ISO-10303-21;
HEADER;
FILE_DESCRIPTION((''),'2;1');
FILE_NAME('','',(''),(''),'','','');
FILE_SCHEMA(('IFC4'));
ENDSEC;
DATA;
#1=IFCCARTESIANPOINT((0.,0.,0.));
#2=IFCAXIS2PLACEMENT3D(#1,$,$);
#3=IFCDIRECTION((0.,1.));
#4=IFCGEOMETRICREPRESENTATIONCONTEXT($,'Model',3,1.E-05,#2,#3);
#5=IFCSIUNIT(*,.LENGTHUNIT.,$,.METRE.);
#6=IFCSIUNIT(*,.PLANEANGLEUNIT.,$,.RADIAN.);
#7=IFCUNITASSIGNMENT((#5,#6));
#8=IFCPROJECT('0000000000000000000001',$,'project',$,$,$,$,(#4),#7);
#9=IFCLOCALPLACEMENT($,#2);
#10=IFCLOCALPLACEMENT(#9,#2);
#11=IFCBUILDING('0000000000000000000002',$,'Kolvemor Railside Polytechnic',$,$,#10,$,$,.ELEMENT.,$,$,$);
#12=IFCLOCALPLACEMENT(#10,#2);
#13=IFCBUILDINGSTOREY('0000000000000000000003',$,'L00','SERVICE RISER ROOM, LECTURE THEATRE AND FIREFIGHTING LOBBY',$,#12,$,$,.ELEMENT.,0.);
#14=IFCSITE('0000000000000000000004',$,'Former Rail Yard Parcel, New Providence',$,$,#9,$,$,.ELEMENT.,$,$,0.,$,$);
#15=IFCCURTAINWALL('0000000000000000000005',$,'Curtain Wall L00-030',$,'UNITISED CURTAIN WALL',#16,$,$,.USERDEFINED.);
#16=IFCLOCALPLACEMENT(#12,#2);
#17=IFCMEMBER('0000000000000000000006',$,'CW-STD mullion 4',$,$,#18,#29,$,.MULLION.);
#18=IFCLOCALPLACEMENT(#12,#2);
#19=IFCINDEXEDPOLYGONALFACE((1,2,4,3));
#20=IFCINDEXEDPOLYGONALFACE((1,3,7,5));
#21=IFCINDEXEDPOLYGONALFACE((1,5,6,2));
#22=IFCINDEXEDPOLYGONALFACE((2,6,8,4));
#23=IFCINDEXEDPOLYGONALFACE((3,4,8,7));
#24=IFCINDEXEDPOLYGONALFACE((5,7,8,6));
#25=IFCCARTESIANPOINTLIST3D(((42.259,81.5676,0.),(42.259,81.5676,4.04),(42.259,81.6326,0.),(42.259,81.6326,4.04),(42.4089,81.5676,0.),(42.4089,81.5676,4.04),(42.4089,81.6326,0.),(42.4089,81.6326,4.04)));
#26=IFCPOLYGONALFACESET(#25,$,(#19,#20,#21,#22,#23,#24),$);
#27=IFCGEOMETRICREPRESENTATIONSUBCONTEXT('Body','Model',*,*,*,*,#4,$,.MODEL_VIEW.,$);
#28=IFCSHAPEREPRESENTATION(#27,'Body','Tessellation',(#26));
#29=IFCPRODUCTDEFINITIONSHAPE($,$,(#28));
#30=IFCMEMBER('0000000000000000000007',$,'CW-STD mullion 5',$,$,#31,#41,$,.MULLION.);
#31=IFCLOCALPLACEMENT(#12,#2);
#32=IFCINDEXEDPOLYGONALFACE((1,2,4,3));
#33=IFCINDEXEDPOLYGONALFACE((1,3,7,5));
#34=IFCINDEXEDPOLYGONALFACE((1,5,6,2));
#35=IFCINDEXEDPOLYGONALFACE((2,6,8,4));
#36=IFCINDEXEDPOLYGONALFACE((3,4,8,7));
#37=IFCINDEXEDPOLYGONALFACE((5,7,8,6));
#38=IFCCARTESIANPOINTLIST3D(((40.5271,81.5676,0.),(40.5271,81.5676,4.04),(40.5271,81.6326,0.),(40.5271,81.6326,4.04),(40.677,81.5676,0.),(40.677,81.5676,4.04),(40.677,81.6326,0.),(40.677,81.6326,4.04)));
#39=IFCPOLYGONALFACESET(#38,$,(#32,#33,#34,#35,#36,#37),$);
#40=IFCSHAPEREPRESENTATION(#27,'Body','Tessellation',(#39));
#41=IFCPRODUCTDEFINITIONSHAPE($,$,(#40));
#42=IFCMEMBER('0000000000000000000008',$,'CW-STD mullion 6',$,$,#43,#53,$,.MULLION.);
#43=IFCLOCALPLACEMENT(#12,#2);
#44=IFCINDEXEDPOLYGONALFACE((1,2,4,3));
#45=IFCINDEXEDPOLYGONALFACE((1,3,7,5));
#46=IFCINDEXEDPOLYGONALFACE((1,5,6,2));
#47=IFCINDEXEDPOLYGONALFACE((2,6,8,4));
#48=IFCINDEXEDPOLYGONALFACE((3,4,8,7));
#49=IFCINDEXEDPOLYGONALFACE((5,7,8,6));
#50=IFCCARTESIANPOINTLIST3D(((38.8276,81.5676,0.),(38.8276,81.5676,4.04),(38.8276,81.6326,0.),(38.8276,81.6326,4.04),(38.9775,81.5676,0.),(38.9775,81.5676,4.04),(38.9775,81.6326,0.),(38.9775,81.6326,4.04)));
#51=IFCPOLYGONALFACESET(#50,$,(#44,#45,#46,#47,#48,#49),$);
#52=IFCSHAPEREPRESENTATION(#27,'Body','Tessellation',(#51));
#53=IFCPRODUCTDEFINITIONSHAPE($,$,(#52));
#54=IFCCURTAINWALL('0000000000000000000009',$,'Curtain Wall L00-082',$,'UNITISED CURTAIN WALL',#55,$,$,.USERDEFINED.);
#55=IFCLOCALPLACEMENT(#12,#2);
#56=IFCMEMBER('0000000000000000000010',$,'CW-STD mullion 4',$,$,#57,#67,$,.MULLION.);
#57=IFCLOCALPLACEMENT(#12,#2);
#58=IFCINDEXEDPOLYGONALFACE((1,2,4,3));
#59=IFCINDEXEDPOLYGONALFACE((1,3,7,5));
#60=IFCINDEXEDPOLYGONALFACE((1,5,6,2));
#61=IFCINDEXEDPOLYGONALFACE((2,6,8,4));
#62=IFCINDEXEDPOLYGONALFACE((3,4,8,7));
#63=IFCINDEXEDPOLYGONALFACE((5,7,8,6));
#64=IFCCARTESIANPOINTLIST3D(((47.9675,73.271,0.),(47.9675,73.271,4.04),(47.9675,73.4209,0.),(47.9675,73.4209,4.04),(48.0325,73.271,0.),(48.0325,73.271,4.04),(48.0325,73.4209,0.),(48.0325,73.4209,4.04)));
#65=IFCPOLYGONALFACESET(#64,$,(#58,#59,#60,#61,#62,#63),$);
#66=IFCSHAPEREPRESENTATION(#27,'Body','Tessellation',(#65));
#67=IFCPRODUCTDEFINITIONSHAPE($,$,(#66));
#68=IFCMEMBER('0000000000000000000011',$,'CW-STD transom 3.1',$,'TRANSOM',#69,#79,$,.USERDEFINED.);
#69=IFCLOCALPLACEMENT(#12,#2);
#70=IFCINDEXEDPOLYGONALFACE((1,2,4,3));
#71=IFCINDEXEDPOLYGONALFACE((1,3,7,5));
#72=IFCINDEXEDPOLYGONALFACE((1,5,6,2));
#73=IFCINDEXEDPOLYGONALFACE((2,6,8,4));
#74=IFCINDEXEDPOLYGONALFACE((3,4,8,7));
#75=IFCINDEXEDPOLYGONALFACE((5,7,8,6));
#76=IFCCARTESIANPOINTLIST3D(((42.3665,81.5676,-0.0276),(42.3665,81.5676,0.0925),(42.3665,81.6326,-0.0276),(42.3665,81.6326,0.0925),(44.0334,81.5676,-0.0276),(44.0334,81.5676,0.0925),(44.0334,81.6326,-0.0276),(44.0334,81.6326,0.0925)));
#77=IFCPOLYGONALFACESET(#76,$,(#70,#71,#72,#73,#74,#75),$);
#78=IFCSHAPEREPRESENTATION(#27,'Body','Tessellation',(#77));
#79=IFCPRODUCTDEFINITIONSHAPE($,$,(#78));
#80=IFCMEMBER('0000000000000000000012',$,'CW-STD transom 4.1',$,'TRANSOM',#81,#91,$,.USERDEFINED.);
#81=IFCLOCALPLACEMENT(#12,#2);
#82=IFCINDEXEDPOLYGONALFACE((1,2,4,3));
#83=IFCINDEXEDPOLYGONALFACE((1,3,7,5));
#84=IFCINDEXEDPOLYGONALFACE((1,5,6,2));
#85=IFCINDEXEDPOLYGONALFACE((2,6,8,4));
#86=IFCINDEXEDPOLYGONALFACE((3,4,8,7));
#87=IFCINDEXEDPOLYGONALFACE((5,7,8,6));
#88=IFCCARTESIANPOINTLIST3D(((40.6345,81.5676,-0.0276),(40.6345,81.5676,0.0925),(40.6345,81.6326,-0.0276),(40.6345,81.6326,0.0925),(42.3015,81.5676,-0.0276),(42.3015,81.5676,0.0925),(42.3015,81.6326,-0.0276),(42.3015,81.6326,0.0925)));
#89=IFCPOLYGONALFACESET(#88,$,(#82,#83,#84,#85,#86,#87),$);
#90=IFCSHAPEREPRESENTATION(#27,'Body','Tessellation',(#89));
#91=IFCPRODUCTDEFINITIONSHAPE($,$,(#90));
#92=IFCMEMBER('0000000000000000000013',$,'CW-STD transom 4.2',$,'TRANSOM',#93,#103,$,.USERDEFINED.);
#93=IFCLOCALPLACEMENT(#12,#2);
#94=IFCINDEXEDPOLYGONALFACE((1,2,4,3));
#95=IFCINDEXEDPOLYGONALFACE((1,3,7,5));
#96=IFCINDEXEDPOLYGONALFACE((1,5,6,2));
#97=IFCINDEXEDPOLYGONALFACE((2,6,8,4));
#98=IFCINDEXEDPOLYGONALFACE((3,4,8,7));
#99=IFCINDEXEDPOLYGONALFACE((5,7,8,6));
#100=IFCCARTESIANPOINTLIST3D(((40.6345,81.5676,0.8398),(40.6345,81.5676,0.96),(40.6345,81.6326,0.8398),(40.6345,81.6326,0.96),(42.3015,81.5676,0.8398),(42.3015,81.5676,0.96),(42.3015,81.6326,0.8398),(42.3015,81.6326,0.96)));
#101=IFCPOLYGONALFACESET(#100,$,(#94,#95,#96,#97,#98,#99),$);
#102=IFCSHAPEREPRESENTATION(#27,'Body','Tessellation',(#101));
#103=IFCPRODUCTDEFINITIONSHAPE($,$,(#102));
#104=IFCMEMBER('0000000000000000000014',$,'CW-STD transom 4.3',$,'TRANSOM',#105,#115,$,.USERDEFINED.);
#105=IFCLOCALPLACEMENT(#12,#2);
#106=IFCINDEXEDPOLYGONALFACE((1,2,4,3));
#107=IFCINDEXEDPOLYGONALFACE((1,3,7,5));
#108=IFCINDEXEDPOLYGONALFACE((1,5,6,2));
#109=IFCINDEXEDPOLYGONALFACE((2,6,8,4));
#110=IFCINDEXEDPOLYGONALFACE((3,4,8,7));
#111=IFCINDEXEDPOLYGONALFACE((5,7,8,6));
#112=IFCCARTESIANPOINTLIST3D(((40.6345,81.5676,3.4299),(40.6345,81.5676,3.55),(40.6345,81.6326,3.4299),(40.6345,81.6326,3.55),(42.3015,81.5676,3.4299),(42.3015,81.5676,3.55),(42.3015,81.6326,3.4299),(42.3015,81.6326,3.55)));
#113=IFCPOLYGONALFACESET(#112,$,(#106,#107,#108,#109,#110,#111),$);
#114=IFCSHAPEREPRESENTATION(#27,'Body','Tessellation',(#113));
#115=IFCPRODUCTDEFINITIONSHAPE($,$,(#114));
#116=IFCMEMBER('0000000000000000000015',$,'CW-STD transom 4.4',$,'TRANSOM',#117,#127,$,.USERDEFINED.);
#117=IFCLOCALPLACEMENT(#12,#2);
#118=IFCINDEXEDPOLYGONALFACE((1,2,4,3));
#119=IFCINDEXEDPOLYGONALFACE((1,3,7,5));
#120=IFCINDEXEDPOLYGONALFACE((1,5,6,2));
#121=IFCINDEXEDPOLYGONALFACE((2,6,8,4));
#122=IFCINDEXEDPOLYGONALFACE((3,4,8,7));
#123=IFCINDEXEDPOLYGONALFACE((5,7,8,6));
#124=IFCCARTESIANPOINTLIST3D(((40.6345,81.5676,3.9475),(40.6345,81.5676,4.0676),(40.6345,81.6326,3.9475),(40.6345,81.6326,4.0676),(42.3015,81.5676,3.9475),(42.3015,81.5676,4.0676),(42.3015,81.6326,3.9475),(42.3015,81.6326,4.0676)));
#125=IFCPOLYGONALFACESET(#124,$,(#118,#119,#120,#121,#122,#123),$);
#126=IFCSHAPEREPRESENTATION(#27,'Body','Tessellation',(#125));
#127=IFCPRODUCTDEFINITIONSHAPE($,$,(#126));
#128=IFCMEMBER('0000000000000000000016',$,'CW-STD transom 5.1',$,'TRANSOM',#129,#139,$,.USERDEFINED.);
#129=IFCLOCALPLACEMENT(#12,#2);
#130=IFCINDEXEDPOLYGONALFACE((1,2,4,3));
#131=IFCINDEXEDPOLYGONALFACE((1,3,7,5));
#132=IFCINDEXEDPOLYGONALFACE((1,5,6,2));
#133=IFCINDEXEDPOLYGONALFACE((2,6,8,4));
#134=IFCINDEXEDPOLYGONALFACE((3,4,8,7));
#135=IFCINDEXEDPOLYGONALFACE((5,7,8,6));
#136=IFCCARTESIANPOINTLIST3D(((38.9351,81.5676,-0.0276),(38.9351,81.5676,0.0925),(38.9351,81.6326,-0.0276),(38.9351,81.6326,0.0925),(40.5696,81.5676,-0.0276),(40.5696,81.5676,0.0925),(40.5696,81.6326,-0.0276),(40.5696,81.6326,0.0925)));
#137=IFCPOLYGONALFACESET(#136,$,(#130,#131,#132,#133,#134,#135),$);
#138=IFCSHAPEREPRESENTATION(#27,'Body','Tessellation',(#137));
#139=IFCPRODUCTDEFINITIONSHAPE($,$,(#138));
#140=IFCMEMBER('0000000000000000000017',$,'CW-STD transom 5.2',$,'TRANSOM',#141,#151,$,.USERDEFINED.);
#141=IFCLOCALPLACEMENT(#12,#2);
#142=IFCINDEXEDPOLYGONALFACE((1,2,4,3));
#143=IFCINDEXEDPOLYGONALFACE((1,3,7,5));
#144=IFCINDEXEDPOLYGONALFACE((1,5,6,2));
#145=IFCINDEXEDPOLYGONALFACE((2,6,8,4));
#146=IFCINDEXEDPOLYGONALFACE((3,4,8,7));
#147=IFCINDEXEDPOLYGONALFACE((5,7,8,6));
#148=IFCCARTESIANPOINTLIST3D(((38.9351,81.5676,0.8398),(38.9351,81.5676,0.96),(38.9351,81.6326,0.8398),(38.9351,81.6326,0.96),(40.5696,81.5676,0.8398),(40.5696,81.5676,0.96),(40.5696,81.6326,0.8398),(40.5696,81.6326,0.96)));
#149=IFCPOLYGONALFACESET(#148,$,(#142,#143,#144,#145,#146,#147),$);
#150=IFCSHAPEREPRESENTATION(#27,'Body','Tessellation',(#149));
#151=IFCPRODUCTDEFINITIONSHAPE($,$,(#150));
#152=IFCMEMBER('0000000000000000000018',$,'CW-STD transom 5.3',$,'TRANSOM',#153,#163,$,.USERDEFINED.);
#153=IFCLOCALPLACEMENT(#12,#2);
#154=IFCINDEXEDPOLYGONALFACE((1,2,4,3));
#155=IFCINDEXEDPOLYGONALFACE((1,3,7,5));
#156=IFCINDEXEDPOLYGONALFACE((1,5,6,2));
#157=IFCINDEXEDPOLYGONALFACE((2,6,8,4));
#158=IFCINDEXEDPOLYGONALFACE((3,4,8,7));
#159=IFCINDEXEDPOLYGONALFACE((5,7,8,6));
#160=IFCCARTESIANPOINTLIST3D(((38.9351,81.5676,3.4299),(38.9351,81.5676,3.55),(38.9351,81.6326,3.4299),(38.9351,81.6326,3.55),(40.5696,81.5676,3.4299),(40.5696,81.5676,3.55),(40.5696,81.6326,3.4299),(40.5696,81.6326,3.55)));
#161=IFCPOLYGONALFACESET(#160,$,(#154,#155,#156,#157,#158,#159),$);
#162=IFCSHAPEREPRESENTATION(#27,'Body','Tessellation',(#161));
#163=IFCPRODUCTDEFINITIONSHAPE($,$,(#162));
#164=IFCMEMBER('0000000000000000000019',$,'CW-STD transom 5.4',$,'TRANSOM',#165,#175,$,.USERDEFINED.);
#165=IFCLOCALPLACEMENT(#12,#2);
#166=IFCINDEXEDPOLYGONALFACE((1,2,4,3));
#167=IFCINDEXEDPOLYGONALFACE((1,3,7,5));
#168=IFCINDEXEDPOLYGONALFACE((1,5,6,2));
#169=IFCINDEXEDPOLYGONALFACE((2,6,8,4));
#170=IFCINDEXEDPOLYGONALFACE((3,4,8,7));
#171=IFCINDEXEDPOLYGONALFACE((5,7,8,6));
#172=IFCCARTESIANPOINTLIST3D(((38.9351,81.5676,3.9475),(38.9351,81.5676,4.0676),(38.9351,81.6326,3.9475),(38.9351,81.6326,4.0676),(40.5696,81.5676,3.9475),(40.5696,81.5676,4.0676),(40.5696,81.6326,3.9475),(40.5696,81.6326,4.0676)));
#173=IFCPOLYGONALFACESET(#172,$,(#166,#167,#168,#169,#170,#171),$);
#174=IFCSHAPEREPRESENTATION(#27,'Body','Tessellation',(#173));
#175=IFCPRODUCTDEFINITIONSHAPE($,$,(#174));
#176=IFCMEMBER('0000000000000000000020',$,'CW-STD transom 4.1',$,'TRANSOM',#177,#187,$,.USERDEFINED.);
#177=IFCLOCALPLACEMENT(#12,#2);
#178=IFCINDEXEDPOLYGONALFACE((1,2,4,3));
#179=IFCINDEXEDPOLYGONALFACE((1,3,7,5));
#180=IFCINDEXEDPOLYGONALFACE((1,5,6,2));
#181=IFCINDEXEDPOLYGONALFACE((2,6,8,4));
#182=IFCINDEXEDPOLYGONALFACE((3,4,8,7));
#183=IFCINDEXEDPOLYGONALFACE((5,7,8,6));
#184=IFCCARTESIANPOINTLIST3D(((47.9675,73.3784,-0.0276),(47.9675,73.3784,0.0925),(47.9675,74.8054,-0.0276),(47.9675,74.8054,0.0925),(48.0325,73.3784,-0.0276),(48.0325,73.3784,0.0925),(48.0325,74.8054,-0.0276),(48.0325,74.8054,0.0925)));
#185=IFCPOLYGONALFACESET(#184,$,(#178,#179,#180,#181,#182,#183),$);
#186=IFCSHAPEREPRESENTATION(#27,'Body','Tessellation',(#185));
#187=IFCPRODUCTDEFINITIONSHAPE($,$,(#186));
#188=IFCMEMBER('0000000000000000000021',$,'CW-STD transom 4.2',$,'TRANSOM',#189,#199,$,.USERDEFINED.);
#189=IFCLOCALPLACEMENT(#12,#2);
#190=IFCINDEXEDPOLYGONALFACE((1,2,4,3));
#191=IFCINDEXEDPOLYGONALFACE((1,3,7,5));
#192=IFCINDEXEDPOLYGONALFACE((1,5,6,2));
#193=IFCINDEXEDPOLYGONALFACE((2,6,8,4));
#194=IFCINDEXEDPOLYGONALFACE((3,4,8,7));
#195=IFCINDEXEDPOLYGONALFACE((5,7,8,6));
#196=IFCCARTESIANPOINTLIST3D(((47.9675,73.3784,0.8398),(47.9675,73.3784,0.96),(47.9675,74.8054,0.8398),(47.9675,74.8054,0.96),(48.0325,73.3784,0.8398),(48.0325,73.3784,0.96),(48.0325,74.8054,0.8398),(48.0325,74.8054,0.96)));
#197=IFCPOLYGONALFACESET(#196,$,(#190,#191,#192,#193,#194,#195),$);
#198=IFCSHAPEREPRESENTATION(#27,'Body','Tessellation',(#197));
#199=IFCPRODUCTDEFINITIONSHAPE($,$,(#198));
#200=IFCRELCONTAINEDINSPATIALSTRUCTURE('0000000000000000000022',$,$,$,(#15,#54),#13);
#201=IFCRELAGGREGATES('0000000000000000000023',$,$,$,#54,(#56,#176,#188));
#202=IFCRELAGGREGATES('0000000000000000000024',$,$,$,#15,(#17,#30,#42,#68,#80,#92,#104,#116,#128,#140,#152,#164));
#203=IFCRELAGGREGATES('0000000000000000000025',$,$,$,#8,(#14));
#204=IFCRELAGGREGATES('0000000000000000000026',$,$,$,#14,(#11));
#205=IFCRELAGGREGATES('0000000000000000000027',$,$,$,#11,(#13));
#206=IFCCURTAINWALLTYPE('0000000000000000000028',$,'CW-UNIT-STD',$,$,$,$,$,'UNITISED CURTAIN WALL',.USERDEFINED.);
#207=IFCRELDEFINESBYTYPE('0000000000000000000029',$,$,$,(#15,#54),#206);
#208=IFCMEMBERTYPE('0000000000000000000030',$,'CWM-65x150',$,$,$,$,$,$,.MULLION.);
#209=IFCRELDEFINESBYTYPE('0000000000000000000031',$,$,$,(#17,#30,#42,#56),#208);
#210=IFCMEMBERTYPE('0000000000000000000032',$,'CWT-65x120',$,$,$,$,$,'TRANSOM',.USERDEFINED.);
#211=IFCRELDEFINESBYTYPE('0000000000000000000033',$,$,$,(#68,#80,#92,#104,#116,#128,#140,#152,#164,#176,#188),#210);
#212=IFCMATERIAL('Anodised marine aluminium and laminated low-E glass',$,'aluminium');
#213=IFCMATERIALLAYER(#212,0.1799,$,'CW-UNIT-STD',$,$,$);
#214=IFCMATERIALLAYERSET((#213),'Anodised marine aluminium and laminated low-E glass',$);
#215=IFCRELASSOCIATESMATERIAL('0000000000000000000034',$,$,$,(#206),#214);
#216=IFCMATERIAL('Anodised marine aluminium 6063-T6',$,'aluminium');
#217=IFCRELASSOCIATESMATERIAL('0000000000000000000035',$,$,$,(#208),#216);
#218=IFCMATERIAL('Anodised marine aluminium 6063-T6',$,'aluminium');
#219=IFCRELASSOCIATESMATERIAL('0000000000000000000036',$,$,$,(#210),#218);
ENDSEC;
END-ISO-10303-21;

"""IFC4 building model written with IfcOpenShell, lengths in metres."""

from ifc_helpers import new_model, si_unit, direction, frame, origin, origin_2d, place, context, subcontext, project, spatial, rectangle, extrude, material, layer, layer_set, material_profile, profile_set, type_object, element, aggregate, save


model = new_model("IFC4")

# Units and contexts
model_context = context("Model", 3, precision=1e-05, world=origin(), true_north=direction((0.0, 1.0)))
body_context = subcontext(model_context, "Body", "Model", "MODEL_VIEW")
ifc_project = project(units=[si_unit("LENGTHUNIT", "METRE"), si_unit("PLANEANGLEUNIT", "RADIAN")], contexts=[model_context])

# Site, building, storey
site_placement = place(None, origin())
site = spatial("IfcSite", under=ifc_project, at=site_placement, Name="Former Rail Yard Parcel, New Providence", CompositionType="ELEMENT", RefElevation=0.0)
building_placement = place(site_placement, origin())
building = spatial("IfcBuilding", under=site, at=building_placement, Name="Kolvemor Railside Polytechnic", CompositionType="ELEMENT")
storey_placement = place(building_placement, origin())
storey = spatial("IfcBuildingStorey", under=building, at=storey_placement, Name="L00", Description="SERVICE RISER ROOM, LECTURE THEATRE AND FIREFIGHTING LOBBY", CompositionType="ELEMENT", Elevation=0.0)

# Curtain wall, members
ifc_material_1 = material(Name="Anodised marine aluminium and laminated low-E glass", Category="aluminium")
ifc_layer_1 = layer(ifc_material_1, 0.1799, Name="CW-UNIT-STD")
ifc_layer_set_1 = layer_set([ifc_layer_1], Name="Anodised marine aluminium and laminated low-E glass")
curtain_wall_type = type_object("IfcCurtainWallType", Name="CW-UNIT-STD", ElementType="UNITISED CURTAIN WALL", PredefinedType="USERDEFINED", material=ifc_layer_set_1)
curtain_wall_1_placement = place(storey_placement, origin())
curtain_wall_1 = element("IfcCurtainWall", 1, at=curtain_wall_1_placement, inside=storey, type_object=curtain_wall_type, Name="Curtain Wall L00-030", ObjectType="UNITISED CURTAIN WALL", PredefinedType="USERDEFINED")
ifc_material_2 = material(Name="Anodised marine aluminium 6063-T6", Category="aluminium")
ifc_material_profile_1 = material_profile(ifc_material_2, rectangle(XDim=0.0649, YDim=0.1499, at=origin_2d()), Name="CW-MUL-65x150")
ifc_profile_set_1 = profile_set([ifc_material_profile_1], Name="Anodised marine aluminium 6063-T6")
member_type_1 = type_object("IfcMemberType", Name="CWM-65x150", PredefinedType="MULLION", material=ifc_profile_set_1)
member_1_placement = place(storey_placement, frame((42.334, 81.6001, 0.0), z_axis=(0.0, 0.0, 1.0), x_axis=(0.0, -1.0, 0.0)))
member_1 = element("IfcMember", 2, at=member_1_placement, type_object=member_type_1, Name="CW-STD mullion 4", PredefinedType="MULLION", context=body_context, shape_type="SweptSolid", body=[
    extrude(rectangle(XDim=0.0649, YDim=0.1499, at=origin_2d()), origin(), (0.0, 0.0, 1.0), 4.04),
])
member_2_placement = place(storey_placement, frame((40.6021, 81.6001, 0.0), z_axis=(0.0, 0.0, 1.0), x_axis=(0.0, -1.0, 0.0)))
member_2 = element("IfcMember", 3, at=member_2_placement, type_object=member_type_1, Name="CW-STD mullion 5", PredefinedType="MULLION", context=body_context, shape_type="SweptSolid", body=[
    extrude(rectangle(XDim=0.0649, YDim=0.1499, at=origin_2d()), origin(), (0.0, 0.0, 1.0), 4.04),
])
member_3_placement = place(storey_placement, frame((38.9026, 81.6001, 0.0), z_axis=(0.0, 0.0, 1.0), x_axis=(0.0, -1.0, 0.0)))
member_3 = element("IfcMember", 4, at=member_3_placement, type_object=member_type_1, Name="CW-STD mullion 6", PredefinedType="MULLION", context=body_context, shape_type="SweptSolid", body=[
    extrude(rectangle(XDim=0.0649, YDim=0.1499, at=origin_2d()), origin(), (0.0, 0.0, 1.0), 4.04),
])

# Curtain wall, member
curtain_wall_2_placement = place(storey_placement, origin())
curtain_wall_2 = element("IfcCurtainWall", 5, at=curtain_wall_2_placement, inside=storey, type_object=curtain_wall_type, Name="Curtain Wall L00-082", ObjectType="UNITISED CURTAIN WALL", PredefinedType="USERDEFINED")
member_4_placement = place(storey_placement, frame((48.0, 73.3459, 0.0), z_axis=(0.0, 0.0, 1.0), x_axis=(-1.0, 0.0, 0.0)))
member_4 = element("IfcMember", 6, at=member_4_placement, type_object=member_type_1, Name="CW-STD mullion 4", PredefinedType="MULLION", context=body_context, shape_type="SweptSolid", body=[
    extrude(rectangle(XDim=0.0649, YDim=0.1499, at=origin_2d()), origin(), (0.0, 0.0, 1.0), 4.04),
])

# Members
ifc_material_3 = material(Name="Anodised marine aluminium 6063-T6", Category="aluminium")
ifc_material_profile_2 = material_profile(ifc_material_3, rectangle(XDim=0.0649, YDim=0.1201, at=origin_2d()), Name="CW-TRN-65x120")
ifc_profile_set_2 = profile_set([ifc_material_profile_2], Name="Anodised marine aluminium 6063-T6")
member_type_2 = type_object("IfcMemberType", Name="CWT-65x120", ElementType="TRANSOM", PredefinedType="USERDEFINED", material=ifc_profile_set_2)
member_5_placement = place(storey_placement, frame((44.0334, 81.6001, 0.0325), z_axis=(-1.0, 0.0, 0.0), x_axis=(0.0, -1.0, 0.0)))
member_5 = element("IfcMember", 7, at=member_5_placement, type_object=member_type_2, Name="CW-STD transom 3.1", ObjectType="TRANSOM", PredefinedType="USERDEFINED", context=body_context, shape_type="SweptSolid", body=[
    extrude(rectangle(XDim=0.0649, YDim=0.1201, at=origin_2d()), origin(), (0.0, 0.0, 1.0), 1.667),
])
member_6_placement = place(storey_placement, frame((42.3015, 81.6001, 0.0325), z_axis=(-1.0, 0.0, 0.0), x_axis=(0.0, -1.0, 0.0)))
member_6 = element("IfcMember", 8, at=member_6_placement, type_object=member_type_2, Name="CW-STD transom 4.1", ObjectType="TRANSOM", PredefinedType="USERDEFINED", context=body_context, shape_type="SweptSolid", body=[
    extrude(rectangle(XDim=0.0649, YDim=0.1201, at=origin_2d()), origin(), (0.0, 0.0, 1.0), 1.667),
])
member_7_placement = place(storey_placement, frame((42.3015, 81.6001, 0.8999), z_axis=(-1.0, 0.0, 0.0), x_axis=(0.0, -1.0, 0.0)))
member_7 = element("IfcMember", 9, at=member_7_placement, type_object=member_type_2, Name="CW-STD transom 4.2", ObjectType="TRANSOM", PredefinedType="USERDEFINED", context=body_context, shape_type="SweptSolid", body=[
    extrude(rectangle(XDim=0.0649, YDim=0.1201, at=origin_2d()), origin(), (0.0, 0.0, 1.0), 1.667),
])
member_8_placement = place(storey_placement, frame((42.3015, 81.6001, 3.49), z_axis=(-1.0, 0.0, 0.0), x_axis=(0.0, -1.0, 0.0)))
member_8 = element("IfcMember", 10, at=member_8_placement, type_object=member_type_2, Name="CW-STD transom 4.3", ObjectType="TRANSOM", PredefinedType="USERDEFINED", context=body_context, shape_type="SweptSolid", body=[
    extrude(rectangle(XDim=0.0649, YDim=0.1201, at=origin_2d()), origin(), (0.0, 0.0, 1.0), 1.667),
])
member_9_placement = place(storey_placement, frame((42.3015, 81.6001, 4.0076), z_axis=(-1.0, 0.0, 0.0), x_axis=(0.0, -1.0, 0.0)))
member_9 = element("IfcMember", 11, at=member_9_placement, type_object=member_type_2, Name="CW-STD transom 4.4", ObjectType="TRANSOM", PredefinedType="USERDEFINED", context=body_context, shape_type="SweptSolid", body=[
    extrude(rectangle(XDim=0.0649, YDim=0.1201, at=origin_2d()), origin(), (0.0, 0.0, 1.0), 1.667),
])
member_10_placement = place(storey_placement, frame((40.5696, 81.6001, 0.0325), z_axis=(-1.0, 0.0, 0.0), x_axis=(0.0, -1.0, 0.0)))
member_10 = element("IfcMember", 12, at=member_10_placement, type_object=member_type_2, Name="CW-STD transom 5.1", ObjectType="TRANSOM", PredefinedType="USERDEFINED", context=body_context, shape_type="SweptSolid", body=[
    extrude(rectangle(XDim=0.0649, YDim=0.1201, at=origin_2d()), origin(), (0.0, 0.0, 1.0), 1.6345),
])
member_11_placement = place(storey_placement, frame((40.5696, 81.6001, 0.8999), z_axis=(-1.0, 0.0, 0.0), x_axis=(0.0, -1.0, 0.0)))
member_11 = element("IfcMember", 13, at=member_11_placement, type_object=member_type_2, Name="CW-STD transom 5.2", ObjectType="TRANSOM", PredefinedType="USERDEFINED", context=body_context, shape_type="SweptSolid", body=[
    extrude(rectangle(XDim=0.0649, YDim=0.1201, at=origin_2d()), origin(), (0.0, 0.0, 1.0), 1.6345),
])
member_12_placement = place(storey_placement, frame((40.5696, 81.6001, 3.49), z_axis=(-1.0, 0.0, 0.0), x_axis=(0.0, -1.0, 0.0)))
member_12 = element("IfcMember", 14, at=member_12_placement, type_object=member_type_2, Name="CW-STD transom 5.3", ObjectType="TRANSOM", PredefinedType="USERDEFINED", context=body_context, shape_type="SweptSolid", body=[
    extrude(rectangle(XDim=0.0649, YDim=0.1201, at=origin_2d()), origin(), (0.0, 0.0, 1.0), 1.6345),
])
member_13_placement = place(storey_placement, frame((40.5696, 81.6001, 4.0076), z_axis=(-1.0, 0.0, 0.0), x_axis=(0.0, -1.0, 0.0)))
member_13 = element("IfcMember", 15, at=member_13_placement, type_object=member_type_2, Name="CW-STD transom 5.4", ObjectType="TRANSOM", PredefinedType="USERDEFINED", context=body_context, shape_type="SweptSolid", body=[
    extrude(rectangle(XDim=0.0649, YDim=0.1201, at=origin_2d()), origin(), (0.0, 0.0, 1.0), 1.6345),
])
member_14_placement = place(storey_placement, frame((48.0, 73.3784, 0.0325), z_axis=(0.0, 1.0, 0.0), x_axis=(-1.0, 0.0, 0.0)))
member_14 = element("IfcMember", 16, at=member_14_placement, type_object=member_type_2, Name="CW-STD transom 4.1", ObjectType="TRANSOM", PredefinedType="USERDEFINED", context=body_context, shape_type="SweptSolid", body=[
    extrude(rectangle(XDim=0.0649, YDim=0.1201, at=origin_2d()), origin(), (0.0, 0.0, 1.0), 1.427),
])
member_15_placement = place(storey_placement, frame((48.0, 73.3784, 0.8999), z_axis=(0.0, 1.0, 0.0), x_axis=(-1.0, 0.0, 0.0)))
member_15 = element("IfcMember", 17, at=member_15_placement, type_object=member_type_2, Name="CW-STD transom 4.2", ObjectType="TRANSOM", PredefinedType="USERDEFINED", context=body_context, shape_type="SweptSolid", body=[
    extrude(rectangle(XDim=0.0649, YDim=0.1201, at=origin_2d()), origin(), (0.0, 0.0, 1.0), 1.427),
])

aggregate(curtain_wall_2, [member_4, member_14, member_15])
aggregate(curtain_wall_1, [member_1, member_2, member_3, member_5, member_6, member_7, member_8, member_9, member_10, member_11, member_12, member_13])

save(model, "model.ifc")
